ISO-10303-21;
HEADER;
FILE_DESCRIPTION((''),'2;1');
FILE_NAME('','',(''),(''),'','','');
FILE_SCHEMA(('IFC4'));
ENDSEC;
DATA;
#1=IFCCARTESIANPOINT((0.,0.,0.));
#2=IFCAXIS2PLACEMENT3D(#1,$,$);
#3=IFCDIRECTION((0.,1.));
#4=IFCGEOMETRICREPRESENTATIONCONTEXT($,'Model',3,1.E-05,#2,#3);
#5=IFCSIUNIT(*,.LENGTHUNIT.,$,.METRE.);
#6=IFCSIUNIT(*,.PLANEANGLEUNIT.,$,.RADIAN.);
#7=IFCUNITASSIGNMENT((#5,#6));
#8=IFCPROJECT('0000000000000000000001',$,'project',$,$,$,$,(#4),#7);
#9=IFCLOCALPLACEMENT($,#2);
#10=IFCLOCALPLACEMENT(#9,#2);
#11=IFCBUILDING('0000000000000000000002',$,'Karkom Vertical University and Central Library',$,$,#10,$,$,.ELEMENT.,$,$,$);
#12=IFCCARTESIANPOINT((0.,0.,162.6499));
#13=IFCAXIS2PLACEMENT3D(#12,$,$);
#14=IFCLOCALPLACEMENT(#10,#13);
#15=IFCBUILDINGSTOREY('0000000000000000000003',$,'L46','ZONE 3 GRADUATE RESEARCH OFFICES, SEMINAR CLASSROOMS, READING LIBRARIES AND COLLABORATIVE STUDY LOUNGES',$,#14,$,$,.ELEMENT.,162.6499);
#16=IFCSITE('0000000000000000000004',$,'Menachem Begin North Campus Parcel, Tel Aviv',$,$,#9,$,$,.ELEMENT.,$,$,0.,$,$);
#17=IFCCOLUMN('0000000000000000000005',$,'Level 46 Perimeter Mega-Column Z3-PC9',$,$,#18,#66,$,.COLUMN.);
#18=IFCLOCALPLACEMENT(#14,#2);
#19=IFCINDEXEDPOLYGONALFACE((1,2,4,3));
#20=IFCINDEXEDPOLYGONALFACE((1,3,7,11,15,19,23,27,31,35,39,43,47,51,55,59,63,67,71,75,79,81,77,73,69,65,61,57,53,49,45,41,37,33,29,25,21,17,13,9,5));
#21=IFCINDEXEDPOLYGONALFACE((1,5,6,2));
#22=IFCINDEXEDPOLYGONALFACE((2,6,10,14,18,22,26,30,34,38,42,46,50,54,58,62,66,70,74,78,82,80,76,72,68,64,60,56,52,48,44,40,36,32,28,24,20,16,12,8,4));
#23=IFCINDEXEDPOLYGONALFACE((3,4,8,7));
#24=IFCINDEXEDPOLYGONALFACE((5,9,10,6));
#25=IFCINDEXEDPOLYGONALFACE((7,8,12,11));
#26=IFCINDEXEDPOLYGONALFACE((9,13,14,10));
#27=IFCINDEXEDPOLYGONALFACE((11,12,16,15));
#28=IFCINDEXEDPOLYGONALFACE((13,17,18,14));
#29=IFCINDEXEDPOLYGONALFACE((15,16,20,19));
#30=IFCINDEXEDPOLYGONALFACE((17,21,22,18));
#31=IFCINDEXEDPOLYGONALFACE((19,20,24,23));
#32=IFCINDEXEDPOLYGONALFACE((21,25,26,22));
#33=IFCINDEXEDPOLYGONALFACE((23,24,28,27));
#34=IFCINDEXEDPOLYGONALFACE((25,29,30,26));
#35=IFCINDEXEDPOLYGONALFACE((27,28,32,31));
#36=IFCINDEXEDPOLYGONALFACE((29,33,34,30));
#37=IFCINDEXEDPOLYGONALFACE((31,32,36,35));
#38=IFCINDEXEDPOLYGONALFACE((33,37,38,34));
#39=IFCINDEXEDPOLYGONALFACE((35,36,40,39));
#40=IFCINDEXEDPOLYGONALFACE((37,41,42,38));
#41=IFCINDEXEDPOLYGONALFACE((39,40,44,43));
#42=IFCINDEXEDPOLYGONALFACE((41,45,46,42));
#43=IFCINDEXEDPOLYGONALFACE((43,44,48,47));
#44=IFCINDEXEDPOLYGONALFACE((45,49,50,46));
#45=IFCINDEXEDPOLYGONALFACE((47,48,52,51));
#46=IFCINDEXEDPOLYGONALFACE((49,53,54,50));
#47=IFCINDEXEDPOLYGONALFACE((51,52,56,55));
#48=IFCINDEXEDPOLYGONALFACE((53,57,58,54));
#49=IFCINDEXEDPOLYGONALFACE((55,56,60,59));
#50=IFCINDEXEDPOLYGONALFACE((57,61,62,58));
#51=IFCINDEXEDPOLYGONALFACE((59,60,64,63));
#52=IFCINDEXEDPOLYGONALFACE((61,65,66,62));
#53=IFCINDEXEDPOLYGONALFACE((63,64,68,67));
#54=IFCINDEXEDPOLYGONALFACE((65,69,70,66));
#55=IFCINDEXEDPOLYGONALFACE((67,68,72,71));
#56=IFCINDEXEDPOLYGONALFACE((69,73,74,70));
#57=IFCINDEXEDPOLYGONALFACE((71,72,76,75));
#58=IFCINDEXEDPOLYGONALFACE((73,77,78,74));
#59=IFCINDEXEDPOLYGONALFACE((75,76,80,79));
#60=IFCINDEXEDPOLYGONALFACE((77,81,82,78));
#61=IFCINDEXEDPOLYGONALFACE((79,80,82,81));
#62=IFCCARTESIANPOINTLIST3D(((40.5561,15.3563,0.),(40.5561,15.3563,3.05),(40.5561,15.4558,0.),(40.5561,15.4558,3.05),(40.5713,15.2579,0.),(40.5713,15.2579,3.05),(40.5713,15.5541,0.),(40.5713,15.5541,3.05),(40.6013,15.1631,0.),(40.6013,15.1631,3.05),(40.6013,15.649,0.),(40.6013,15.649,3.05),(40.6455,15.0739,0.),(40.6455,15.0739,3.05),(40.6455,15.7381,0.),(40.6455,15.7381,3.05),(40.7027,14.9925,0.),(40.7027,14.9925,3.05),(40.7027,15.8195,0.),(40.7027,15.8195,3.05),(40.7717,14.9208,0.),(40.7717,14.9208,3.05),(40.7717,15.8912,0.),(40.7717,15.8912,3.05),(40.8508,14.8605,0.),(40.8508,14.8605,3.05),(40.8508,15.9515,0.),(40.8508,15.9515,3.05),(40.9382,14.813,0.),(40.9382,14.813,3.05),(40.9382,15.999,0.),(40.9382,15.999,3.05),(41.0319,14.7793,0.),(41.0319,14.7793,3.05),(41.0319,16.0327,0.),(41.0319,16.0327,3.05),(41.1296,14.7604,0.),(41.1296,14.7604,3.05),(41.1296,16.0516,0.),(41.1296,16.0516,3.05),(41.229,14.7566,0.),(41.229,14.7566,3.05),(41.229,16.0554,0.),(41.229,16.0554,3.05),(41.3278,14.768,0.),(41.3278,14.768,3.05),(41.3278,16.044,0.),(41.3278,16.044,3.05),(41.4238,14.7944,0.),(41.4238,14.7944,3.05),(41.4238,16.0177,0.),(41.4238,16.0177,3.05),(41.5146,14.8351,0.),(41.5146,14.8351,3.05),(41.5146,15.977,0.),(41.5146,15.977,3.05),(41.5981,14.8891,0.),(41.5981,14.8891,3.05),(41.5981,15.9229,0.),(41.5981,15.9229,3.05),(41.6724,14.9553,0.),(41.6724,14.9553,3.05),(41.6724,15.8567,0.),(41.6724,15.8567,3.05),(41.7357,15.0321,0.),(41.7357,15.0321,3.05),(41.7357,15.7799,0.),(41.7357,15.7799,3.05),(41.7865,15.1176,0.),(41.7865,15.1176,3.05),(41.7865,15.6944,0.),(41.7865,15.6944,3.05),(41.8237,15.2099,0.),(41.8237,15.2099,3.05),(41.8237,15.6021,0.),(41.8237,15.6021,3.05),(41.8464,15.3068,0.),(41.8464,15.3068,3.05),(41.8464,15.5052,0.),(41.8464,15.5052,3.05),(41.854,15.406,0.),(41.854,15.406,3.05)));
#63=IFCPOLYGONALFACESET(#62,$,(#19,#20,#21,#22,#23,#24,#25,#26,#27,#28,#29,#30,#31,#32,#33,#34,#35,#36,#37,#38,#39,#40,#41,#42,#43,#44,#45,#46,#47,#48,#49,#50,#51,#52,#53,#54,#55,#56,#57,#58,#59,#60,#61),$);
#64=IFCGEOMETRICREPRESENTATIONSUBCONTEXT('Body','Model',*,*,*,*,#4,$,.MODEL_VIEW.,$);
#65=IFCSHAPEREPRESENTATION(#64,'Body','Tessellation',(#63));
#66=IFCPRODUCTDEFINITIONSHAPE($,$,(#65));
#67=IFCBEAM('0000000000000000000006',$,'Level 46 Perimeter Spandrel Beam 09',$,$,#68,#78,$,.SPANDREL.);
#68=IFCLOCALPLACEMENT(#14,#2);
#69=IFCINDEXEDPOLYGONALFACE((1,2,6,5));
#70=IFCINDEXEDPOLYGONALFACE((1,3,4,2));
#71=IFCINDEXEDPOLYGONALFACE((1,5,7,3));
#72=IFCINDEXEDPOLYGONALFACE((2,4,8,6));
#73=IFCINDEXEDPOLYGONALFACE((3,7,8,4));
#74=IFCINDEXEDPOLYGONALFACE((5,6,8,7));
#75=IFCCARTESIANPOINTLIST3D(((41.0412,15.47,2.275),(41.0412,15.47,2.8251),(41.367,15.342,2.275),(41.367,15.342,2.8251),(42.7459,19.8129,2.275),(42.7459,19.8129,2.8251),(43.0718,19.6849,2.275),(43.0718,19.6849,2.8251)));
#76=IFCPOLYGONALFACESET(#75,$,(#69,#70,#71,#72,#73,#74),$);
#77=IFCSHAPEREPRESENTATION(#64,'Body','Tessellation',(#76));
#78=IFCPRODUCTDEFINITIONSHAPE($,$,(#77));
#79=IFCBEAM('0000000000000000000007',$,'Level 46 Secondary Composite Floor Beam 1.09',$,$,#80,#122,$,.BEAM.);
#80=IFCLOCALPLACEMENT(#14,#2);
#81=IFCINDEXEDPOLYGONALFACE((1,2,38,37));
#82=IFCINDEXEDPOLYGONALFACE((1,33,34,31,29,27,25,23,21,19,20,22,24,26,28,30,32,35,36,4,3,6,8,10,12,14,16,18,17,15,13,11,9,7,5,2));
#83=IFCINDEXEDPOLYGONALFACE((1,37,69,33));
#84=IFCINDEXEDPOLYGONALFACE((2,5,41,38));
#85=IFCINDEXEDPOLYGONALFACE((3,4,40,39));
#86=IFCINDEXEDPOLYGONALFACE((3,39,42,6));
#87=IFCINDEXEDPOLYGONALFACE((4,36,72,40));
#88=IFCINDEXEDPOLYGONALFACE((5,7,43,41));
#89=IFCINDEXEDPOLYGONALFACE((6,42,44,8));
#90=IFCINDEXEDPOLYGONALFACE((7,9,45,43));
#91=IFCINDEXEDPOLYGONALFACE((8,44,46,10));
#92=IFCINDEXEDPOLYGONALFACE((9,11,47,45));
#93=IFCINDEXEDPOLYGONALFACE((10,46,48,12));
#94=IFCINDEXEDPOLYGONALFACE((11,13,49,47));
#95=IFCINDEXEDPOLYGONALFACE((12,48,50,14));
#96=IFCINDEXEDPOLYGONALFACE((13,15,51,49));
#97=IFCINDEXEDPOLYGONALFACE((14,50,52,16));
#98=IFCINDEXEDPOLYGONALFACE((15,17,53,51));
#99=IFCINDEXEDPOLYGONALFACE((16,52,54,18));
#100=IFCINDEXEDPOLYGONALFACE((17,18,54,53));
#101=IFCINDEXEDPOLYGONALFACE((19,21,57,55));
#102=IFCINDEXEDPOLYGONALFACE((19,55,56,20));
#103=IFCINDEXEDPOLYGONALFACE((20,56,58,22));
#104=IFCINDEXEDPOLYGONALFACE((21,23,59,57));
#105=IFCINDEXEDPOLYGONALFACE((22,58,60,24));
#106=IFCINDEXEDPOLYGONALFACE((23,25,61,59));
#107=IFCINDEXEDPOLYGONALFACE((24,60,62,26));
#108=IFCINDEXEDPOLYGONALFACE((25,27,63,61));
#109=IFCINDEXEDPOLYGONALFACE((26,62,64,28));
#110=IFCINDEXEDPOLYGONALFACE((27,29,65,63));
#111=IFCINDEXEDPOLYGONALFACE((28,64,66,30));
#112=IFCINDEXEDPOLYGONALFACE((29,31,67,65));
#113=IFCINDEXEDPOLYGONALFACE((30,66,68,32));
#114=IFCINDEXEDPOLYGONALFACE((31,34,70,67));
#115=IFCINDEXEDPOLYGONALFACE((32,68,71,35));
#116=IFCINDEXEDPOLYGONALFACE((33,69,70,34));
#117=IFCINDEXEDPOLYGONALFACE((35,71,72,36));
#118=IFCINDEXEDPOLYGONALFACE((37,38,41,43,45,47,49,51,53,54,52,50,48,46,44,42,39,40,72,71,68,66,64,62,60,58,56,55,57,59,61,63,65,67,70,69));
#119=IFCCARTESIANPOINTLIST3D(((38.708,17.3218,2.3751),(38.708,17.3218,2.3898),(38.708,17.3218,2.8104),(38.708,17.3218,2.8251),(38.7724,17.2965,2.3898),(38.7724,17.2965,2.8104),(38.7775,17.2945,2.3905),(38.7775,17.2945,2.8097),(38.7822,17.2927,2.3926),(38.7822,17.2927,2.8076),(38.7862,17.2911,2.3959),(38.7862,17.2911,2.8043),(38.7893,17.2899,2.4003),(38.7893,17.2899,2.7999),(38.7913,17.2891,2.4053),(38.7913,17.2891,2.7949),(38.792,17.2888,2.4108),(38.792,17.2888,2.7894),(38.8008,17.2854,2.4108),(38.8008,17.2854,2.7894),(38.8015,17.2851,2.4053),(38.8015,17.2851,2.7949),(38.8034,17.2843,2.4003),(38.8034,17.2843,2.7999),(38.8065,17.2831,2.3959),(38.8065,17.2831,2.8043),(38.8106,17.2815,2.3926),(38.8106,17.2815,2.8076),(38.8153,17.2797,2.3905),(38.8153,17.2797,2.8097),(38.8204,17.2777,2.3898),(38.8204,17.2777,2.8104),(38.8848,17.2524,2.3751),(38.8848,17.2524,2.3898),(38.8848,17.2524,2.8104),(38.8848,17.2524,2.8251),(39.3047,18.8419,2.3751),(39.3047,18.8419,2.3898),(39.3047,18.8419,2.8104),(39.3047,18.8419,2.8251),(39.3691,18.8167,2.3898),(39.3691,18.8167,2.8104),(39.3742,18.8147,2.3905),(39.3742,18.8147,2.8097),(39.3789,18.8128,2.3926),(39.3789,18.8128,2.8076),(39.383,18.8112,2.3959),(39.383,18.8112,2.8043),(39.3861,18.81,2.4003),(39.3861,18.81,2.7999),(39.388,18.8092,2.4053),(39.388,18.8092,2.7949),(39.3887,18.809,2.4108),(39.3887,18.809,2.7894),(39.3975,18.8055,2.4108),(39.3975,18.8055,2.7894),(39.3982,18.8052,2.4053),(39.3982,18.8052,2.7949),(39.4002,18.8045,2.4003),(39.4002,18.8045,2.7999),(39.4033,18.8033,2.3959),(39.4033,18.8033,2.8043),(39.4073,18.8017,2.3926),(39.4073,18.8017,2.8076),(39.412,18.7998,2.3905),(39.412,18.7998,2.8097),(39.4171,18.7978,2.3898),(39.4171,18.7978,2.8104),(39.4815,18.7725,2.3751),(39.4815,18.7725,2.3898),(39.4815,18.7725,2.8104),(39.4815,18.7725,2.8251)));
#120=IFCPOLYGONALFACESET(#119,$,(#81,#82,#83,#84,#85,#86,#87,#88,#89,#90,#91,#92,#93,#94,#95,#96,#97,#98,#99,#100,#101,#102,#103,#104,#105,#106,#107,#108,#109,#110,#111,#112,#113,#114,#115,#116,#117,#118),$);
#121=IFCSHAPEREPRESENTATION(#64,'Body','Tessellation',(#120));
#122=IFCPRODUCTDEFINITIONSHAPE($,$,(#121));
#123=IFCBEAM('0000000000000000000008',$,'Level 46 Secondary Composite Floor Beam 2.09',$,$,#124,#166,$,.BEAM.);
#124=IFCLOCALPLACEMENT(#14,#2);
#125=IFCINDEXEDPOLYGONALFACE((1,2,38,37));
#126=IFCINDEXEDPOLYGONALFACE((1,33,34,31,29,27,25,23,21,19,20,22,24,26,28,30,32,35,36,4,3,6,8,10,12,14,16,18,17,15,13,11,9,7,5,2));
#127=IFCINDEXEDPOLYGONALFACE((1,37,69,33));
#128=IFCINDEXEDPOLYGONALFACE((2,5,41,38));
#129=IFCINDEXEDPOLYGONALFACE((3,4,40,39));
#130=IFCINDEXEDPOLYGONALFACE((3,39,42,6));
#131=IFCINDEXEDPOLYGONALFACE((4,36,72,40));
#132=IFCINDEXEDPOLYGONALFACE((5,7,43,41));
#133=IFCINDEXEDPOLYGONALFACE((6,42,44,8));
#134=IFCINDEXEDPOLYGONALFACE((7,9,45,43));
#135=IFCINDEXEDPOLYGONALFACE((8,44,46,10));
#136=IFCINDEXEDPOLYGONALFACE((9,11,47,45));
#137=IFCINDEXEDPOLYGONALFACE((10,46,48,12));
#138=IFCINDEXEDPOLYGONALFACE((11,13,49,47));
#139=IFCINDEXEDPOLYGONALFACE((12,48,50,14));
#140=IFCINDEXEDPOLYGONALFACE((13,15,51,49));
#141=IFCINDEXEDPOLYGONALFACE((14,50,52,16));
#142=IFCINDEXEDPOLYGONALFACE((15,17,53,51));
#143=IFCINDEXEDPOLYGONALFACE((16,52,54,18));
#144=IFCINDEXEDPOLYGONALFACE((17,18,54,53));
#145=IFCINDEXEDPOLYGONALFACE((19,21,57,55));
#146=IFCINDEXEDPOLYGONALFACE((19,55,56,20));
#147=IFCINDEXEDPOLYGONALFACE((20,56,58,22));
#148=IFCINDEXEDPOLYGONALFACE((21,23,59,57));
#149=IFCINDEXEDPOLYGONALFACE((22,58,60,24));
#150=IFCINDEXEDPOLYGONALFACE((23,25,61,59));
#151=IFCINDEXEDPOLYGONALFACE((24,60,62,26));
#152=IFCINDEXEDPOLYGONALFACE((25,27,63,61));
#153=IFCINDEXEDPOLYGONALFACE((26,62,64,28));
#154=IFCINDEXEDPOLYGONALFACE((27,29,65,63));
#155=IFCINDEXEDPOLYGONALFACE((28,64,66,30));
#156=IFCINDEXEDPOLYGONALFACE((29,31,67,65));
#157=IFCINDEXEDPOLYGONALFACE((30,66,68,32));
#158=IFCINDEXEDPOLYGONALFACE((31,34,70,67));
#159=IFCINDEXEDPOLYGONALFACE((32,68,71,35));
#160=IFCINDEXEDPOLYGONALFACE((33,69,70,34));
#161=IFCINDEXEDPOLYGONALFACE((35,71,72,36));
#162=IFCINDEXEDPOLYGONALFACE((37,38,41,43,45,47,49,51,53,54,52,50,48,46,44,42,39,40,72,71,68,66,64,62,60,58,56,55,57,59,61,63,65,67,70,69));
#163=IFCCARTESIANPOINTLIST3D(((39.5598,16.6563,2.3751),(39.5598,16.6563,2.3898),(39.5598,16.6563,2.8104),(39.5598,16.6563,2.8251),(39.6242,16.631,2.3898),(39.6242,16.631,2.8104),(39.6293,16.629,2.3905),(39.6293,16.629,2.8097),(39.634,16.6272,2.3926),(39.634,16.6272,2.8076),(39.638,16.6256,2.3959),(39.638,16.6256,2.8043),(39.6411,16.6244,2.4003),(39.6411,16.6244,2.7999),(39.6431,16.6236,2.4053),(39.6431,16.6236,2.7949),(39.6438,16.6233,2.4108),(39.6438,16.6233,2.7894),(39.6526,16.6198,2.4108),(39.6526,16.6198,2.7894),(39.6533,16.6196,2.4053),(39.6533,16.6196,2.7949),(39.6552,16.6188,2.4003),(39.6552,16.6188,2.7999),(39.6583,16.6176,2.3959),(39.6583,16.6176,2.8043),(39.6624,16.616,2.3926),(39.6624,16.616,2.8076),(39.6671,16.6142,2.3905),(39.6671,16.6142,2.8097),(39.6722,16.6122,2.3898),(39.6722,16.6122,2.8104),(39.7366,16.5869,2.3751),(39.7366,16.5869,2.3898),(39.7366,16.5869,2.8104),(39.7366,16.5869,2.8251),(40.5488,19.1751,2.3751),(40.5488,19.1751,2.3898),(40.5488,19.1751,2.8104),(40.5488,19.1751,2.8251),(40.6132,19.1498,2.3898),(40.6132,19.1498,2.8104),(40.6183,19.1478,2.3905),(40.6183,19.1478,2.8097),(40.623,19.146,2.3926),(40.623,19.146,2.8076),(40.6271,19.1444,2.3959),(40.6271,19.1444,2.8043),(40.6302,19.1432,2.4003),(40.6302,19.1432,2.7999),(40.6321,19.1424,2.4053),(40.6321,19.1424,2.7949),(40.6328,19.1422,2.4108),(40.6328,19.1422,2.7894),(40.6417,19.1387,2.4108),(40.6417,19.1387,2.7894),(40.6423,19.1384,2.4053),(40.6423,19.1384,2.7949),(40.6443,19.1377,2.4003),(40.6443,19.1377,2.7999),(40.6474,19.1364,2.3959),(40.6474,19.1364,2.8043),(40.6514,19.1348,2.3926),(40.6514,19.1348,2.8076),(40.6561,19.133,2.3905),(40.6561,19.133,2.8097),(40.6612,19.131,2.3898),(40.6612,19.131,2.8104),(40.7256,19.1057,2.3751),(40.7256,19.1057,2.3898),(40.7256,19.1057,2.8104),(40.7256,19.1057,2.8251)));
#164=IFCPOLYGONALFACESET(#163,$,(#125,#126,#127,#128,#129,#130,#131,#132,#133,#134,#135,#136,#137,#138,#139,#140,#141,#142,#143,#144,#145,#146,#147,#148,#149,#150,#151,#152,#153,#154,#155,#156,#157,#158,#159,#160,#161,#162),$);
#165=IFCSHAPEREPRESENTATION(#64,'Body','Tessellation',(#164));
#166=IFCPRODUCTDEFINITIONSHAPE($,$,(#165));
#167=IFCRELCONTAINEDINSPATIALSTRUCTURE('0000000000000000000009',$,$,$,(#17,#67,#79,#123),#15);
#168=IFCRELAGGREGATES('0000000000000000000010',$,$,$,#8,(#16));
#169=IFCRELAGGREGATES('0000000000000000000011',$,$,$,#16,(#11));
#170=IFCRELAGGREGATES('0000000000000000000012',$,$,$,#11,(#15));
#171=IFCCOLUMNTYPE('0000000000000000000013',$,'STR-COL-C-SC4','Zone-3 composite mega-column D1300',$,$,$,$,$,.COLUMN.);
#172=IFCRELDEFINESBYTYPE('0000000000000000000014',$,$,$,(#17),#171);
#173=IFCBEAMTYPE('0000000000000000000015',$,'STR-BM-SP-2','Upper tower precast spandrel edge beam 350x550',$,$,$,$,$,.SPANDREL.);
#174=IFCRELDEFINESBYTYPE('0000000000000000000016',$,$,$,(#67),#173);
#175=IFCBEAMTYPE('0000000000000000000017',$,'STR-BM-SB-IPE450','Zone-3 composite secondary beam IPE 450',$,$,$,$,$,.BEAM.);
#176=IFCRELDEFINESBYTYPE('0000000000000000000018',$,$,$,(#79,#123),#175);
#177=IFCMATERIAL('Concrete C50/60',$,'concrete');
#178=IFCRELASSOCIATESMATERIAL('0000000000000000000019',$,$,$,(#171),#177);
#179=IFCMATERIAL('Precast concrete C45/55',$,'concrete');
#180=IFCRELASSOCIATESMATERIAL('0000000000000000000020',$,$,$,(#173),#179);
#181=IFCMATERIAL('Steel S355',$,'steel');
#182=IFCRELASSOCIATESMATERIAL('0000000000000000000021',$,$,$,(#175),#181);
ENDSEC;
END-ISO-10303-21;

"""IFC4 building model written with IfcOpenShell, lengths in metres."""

from ifc_helpers import new_model, si_unit, direction, frame, origin, origin_with_axes, origin_2d, place, context, subcontext, project, spatial, rectangle, circle, i_section, extrude, source, transform, mapped, material, material_profile, profile_set, type_object, element, save


model = new_model("IFC4")

# Units and contexts
model_context = context("Model", 3, precision=1e-05, world=origin(), true_north=direction((0.0, 1.0)))
body_context = subcontext(model_context, "Body", "Model", "MODEL_VIEW")
ifc_project = project(units=[si_unit("LENGTHUNIT", "METRE"), si_unit("PLANEANGLEUNIT", "RADIAN")], contexts=[model_context])

# Site, building, storey
site_placement = place(None, origin())
site = spatial("IfcSite", under=ifc_project, at=site_placement, Name="Menachem Begin North Campus Parcel, Tel Aviv", CompositionType="ELEMENT", RefElevation=0.0)
building_placement = place(site_placement, origin())
building = spatial("IfcBuilding", under=site, at=building_placement, Name="Karkom Vertical University and Central Library", CompositionType="ELEMENT")
storey_placement = place(building_placement, frame((0.0, 0.0, 162.6499)))
storey = spatial("IfcBuildingStorey", under=building, at=storey_placement, Name="L46", Description="ZONE 3 GRADUATE RESEARCH OFFICES, SEMINAR CLASSROOMS, READING LIBRARIES AND COLLABORATIVE STUDY LOUNGES", CompositionType="ELEMENT", Elevation=162.6499)

# Column
ifc_material_1 = material(Name="Concrete C50/60", Category="concrete")
ifc_material_profile_1 = material_profile(ifc_material_1, circle(Radius=0.6499, at=origin_2d()), Name="CFT-D1300")
ifc_profile_set_1 = profile_set([ifc_material_profile_1], Name="Concrete C50/60")
column_type = type_object("IfcColumnType", Name="STR-COL-C-SC4", Description="Zone-3 composite mega-column D1300", PredefinedType="COLUMN", material=ifc_profile_set_1)
shared_shape_1 = source(origin_with_axes(), body_context, "Body", "SweptSolid", [
    extrude(circle(Radius=0.6499, at=origin_2d()), origin(), (0.0, 0.0, 1.0), 3.05),
])
column_placement = place(storey_placement, frame((41.2041, 15.406, 0.0), z_axis=(0.0, 0.0, 1.0), x_axis=(1.0, 0.0, 0.0)))
element("IfcColumn", 1, at=column_placement, inside=storey, type_object=column_type, Name="Level 46 Perimeter Mega-Column Z3-PC9", PredefinedType="COLUMN", context=body_context, shape_type="MappedRepresentation", body=[
    mapped(shared_shape_1, transform((0.0, 0.0, 0.0), scale=1.0)),
])

# Beams
ifc_material_2 = material(Name="Precast concrete C45/55", Category="concrete")
ifc_material_profile_2 = material_profile(ifc_material_2, rectangle(XDim=0.3501, YDim=0.55, at=origin_2d()), Name="SPB-350x550")
ifc_profile_set_2 = profile_set([ifc_material_profile_2], Name="Precast concrete C45/55")
beam_type_1 = type_object("IfcBeamType", Name="STR-BM-SP-2", Description="Upper tower precast spandrel edge beam 350x550", PredefinedType="SPANDREL", material=ifc_profile_set_2)
shared_shape_2 = source(origin_with_axes(), body_context, "Body", "SweptSolid", [
    extrude(rectangle(XDim=0.3501, YDim=0.55, at=origin_2d()), origin(), (0.0, 0.0, 1.0), 4.6655),
])
beam_1_placement = place(storey_placement, frame((41.2041, 15.406, 2.55), z_axis=(0.365401, 0.93085, 0.0), x_axis=(-0.93085, 0.365401, 0.0)))
element("IfcBeam", 2, at=beam_1_placement, inside=storey, type_object=beam_type_1, Name="Level 46 Perimeter Spandrel Beam 09", PredefinedType="SPANDREL", context=body_context, shape_type="MappedRepresentation", body=[
    mapped(shared_shape_2, transform((0.0, 0.0, 0.0), scale=1.0)),
])
ifc_material_3 = material(Name="Steel S355", Category="steel")
ifc_material_profile_3 = material_profile(ifc_material_3, i_section(OverallWidth=0.1899, OverallDepth=0.45, WebThickness=0.0095, FlangeThickness=0.0146, FilletRadius=0.021, at=origin_2d()), Name="IPE 450")
ifc_profile_set_3 = profile_set([ifc_material_profile_3], Name="Steel S355")
beam_type_2 = type_object("IfcBeamType", Name="STR-BM-SB-IPE450", Description="Zone-3 composite secondary beam IPE 450", PredefinedType="BEAM", material=ifc_profile_set_3)
shared_shape_3 = source(origin_with_axes(), body_context, "Body", "SweptSolid", [
    extrude(i_section(OverallWidth=0.1899, OverallDepth=0.45, WebThickness=0.0095, FlangeThickness=0.0146, FilletRadius=0.021, at=origin_2d()), origin(), (0.0, 0.0, 1.0), 1.6331),
])
beam_2_placement = place(storey_placement, frame((38.7964, 17.2871, 2.6001), z_axis=(0.365403, 0.93085, 0.0), x_axis=(-0.93085, 0.365403, 0.0)))
element("IfcBeam", 3, at=beam_2_placement, inside=storey, type_object=beam_type_2, Name="Level 46 Secondary Composite Floor Beam 1.09", PredefinedType="BEAM", context=body_context, shape_type="MappedRepresentation", body=[
    mapped(shared_shape_3, transform((0.0, 0.0, 0.0), scale=1.0)),
])
shared_shape_4 = source(origin_with_axes(), body_context, "Body", "SweptSolid", [
    extrude(i_section(OverallWidth=0.1899, OverallDepth=0.45, WebThickness=0.0095, FlangeThickness=0.0146, FilletRadius=0.021, at=origin_2d()), origin(), (0.0, 0.0, 1.0), 2.7061),
])
beam_3_placement = place(storey_placement, frame((39.6482, 16.6216, 2.6001), z_axis=(0.365488, 0.930816, 0.0), x_axis=(-0.930816, 0.365488, 0.0)))
element("IfcBeam", 4, at=beam_3_placement, inside=storey, type_object=beam_type_2, Name="Level 46 Secondary Composite Floor Beam 2.09", PredefinedType="BEAM", context=body_context, shape_type="MappedRepresentation", body=[
    mapped(shared_shape_4, transform((0.0, 0.0, 0.0), scale=1.0)),
])

save(model, "model.ifc")
